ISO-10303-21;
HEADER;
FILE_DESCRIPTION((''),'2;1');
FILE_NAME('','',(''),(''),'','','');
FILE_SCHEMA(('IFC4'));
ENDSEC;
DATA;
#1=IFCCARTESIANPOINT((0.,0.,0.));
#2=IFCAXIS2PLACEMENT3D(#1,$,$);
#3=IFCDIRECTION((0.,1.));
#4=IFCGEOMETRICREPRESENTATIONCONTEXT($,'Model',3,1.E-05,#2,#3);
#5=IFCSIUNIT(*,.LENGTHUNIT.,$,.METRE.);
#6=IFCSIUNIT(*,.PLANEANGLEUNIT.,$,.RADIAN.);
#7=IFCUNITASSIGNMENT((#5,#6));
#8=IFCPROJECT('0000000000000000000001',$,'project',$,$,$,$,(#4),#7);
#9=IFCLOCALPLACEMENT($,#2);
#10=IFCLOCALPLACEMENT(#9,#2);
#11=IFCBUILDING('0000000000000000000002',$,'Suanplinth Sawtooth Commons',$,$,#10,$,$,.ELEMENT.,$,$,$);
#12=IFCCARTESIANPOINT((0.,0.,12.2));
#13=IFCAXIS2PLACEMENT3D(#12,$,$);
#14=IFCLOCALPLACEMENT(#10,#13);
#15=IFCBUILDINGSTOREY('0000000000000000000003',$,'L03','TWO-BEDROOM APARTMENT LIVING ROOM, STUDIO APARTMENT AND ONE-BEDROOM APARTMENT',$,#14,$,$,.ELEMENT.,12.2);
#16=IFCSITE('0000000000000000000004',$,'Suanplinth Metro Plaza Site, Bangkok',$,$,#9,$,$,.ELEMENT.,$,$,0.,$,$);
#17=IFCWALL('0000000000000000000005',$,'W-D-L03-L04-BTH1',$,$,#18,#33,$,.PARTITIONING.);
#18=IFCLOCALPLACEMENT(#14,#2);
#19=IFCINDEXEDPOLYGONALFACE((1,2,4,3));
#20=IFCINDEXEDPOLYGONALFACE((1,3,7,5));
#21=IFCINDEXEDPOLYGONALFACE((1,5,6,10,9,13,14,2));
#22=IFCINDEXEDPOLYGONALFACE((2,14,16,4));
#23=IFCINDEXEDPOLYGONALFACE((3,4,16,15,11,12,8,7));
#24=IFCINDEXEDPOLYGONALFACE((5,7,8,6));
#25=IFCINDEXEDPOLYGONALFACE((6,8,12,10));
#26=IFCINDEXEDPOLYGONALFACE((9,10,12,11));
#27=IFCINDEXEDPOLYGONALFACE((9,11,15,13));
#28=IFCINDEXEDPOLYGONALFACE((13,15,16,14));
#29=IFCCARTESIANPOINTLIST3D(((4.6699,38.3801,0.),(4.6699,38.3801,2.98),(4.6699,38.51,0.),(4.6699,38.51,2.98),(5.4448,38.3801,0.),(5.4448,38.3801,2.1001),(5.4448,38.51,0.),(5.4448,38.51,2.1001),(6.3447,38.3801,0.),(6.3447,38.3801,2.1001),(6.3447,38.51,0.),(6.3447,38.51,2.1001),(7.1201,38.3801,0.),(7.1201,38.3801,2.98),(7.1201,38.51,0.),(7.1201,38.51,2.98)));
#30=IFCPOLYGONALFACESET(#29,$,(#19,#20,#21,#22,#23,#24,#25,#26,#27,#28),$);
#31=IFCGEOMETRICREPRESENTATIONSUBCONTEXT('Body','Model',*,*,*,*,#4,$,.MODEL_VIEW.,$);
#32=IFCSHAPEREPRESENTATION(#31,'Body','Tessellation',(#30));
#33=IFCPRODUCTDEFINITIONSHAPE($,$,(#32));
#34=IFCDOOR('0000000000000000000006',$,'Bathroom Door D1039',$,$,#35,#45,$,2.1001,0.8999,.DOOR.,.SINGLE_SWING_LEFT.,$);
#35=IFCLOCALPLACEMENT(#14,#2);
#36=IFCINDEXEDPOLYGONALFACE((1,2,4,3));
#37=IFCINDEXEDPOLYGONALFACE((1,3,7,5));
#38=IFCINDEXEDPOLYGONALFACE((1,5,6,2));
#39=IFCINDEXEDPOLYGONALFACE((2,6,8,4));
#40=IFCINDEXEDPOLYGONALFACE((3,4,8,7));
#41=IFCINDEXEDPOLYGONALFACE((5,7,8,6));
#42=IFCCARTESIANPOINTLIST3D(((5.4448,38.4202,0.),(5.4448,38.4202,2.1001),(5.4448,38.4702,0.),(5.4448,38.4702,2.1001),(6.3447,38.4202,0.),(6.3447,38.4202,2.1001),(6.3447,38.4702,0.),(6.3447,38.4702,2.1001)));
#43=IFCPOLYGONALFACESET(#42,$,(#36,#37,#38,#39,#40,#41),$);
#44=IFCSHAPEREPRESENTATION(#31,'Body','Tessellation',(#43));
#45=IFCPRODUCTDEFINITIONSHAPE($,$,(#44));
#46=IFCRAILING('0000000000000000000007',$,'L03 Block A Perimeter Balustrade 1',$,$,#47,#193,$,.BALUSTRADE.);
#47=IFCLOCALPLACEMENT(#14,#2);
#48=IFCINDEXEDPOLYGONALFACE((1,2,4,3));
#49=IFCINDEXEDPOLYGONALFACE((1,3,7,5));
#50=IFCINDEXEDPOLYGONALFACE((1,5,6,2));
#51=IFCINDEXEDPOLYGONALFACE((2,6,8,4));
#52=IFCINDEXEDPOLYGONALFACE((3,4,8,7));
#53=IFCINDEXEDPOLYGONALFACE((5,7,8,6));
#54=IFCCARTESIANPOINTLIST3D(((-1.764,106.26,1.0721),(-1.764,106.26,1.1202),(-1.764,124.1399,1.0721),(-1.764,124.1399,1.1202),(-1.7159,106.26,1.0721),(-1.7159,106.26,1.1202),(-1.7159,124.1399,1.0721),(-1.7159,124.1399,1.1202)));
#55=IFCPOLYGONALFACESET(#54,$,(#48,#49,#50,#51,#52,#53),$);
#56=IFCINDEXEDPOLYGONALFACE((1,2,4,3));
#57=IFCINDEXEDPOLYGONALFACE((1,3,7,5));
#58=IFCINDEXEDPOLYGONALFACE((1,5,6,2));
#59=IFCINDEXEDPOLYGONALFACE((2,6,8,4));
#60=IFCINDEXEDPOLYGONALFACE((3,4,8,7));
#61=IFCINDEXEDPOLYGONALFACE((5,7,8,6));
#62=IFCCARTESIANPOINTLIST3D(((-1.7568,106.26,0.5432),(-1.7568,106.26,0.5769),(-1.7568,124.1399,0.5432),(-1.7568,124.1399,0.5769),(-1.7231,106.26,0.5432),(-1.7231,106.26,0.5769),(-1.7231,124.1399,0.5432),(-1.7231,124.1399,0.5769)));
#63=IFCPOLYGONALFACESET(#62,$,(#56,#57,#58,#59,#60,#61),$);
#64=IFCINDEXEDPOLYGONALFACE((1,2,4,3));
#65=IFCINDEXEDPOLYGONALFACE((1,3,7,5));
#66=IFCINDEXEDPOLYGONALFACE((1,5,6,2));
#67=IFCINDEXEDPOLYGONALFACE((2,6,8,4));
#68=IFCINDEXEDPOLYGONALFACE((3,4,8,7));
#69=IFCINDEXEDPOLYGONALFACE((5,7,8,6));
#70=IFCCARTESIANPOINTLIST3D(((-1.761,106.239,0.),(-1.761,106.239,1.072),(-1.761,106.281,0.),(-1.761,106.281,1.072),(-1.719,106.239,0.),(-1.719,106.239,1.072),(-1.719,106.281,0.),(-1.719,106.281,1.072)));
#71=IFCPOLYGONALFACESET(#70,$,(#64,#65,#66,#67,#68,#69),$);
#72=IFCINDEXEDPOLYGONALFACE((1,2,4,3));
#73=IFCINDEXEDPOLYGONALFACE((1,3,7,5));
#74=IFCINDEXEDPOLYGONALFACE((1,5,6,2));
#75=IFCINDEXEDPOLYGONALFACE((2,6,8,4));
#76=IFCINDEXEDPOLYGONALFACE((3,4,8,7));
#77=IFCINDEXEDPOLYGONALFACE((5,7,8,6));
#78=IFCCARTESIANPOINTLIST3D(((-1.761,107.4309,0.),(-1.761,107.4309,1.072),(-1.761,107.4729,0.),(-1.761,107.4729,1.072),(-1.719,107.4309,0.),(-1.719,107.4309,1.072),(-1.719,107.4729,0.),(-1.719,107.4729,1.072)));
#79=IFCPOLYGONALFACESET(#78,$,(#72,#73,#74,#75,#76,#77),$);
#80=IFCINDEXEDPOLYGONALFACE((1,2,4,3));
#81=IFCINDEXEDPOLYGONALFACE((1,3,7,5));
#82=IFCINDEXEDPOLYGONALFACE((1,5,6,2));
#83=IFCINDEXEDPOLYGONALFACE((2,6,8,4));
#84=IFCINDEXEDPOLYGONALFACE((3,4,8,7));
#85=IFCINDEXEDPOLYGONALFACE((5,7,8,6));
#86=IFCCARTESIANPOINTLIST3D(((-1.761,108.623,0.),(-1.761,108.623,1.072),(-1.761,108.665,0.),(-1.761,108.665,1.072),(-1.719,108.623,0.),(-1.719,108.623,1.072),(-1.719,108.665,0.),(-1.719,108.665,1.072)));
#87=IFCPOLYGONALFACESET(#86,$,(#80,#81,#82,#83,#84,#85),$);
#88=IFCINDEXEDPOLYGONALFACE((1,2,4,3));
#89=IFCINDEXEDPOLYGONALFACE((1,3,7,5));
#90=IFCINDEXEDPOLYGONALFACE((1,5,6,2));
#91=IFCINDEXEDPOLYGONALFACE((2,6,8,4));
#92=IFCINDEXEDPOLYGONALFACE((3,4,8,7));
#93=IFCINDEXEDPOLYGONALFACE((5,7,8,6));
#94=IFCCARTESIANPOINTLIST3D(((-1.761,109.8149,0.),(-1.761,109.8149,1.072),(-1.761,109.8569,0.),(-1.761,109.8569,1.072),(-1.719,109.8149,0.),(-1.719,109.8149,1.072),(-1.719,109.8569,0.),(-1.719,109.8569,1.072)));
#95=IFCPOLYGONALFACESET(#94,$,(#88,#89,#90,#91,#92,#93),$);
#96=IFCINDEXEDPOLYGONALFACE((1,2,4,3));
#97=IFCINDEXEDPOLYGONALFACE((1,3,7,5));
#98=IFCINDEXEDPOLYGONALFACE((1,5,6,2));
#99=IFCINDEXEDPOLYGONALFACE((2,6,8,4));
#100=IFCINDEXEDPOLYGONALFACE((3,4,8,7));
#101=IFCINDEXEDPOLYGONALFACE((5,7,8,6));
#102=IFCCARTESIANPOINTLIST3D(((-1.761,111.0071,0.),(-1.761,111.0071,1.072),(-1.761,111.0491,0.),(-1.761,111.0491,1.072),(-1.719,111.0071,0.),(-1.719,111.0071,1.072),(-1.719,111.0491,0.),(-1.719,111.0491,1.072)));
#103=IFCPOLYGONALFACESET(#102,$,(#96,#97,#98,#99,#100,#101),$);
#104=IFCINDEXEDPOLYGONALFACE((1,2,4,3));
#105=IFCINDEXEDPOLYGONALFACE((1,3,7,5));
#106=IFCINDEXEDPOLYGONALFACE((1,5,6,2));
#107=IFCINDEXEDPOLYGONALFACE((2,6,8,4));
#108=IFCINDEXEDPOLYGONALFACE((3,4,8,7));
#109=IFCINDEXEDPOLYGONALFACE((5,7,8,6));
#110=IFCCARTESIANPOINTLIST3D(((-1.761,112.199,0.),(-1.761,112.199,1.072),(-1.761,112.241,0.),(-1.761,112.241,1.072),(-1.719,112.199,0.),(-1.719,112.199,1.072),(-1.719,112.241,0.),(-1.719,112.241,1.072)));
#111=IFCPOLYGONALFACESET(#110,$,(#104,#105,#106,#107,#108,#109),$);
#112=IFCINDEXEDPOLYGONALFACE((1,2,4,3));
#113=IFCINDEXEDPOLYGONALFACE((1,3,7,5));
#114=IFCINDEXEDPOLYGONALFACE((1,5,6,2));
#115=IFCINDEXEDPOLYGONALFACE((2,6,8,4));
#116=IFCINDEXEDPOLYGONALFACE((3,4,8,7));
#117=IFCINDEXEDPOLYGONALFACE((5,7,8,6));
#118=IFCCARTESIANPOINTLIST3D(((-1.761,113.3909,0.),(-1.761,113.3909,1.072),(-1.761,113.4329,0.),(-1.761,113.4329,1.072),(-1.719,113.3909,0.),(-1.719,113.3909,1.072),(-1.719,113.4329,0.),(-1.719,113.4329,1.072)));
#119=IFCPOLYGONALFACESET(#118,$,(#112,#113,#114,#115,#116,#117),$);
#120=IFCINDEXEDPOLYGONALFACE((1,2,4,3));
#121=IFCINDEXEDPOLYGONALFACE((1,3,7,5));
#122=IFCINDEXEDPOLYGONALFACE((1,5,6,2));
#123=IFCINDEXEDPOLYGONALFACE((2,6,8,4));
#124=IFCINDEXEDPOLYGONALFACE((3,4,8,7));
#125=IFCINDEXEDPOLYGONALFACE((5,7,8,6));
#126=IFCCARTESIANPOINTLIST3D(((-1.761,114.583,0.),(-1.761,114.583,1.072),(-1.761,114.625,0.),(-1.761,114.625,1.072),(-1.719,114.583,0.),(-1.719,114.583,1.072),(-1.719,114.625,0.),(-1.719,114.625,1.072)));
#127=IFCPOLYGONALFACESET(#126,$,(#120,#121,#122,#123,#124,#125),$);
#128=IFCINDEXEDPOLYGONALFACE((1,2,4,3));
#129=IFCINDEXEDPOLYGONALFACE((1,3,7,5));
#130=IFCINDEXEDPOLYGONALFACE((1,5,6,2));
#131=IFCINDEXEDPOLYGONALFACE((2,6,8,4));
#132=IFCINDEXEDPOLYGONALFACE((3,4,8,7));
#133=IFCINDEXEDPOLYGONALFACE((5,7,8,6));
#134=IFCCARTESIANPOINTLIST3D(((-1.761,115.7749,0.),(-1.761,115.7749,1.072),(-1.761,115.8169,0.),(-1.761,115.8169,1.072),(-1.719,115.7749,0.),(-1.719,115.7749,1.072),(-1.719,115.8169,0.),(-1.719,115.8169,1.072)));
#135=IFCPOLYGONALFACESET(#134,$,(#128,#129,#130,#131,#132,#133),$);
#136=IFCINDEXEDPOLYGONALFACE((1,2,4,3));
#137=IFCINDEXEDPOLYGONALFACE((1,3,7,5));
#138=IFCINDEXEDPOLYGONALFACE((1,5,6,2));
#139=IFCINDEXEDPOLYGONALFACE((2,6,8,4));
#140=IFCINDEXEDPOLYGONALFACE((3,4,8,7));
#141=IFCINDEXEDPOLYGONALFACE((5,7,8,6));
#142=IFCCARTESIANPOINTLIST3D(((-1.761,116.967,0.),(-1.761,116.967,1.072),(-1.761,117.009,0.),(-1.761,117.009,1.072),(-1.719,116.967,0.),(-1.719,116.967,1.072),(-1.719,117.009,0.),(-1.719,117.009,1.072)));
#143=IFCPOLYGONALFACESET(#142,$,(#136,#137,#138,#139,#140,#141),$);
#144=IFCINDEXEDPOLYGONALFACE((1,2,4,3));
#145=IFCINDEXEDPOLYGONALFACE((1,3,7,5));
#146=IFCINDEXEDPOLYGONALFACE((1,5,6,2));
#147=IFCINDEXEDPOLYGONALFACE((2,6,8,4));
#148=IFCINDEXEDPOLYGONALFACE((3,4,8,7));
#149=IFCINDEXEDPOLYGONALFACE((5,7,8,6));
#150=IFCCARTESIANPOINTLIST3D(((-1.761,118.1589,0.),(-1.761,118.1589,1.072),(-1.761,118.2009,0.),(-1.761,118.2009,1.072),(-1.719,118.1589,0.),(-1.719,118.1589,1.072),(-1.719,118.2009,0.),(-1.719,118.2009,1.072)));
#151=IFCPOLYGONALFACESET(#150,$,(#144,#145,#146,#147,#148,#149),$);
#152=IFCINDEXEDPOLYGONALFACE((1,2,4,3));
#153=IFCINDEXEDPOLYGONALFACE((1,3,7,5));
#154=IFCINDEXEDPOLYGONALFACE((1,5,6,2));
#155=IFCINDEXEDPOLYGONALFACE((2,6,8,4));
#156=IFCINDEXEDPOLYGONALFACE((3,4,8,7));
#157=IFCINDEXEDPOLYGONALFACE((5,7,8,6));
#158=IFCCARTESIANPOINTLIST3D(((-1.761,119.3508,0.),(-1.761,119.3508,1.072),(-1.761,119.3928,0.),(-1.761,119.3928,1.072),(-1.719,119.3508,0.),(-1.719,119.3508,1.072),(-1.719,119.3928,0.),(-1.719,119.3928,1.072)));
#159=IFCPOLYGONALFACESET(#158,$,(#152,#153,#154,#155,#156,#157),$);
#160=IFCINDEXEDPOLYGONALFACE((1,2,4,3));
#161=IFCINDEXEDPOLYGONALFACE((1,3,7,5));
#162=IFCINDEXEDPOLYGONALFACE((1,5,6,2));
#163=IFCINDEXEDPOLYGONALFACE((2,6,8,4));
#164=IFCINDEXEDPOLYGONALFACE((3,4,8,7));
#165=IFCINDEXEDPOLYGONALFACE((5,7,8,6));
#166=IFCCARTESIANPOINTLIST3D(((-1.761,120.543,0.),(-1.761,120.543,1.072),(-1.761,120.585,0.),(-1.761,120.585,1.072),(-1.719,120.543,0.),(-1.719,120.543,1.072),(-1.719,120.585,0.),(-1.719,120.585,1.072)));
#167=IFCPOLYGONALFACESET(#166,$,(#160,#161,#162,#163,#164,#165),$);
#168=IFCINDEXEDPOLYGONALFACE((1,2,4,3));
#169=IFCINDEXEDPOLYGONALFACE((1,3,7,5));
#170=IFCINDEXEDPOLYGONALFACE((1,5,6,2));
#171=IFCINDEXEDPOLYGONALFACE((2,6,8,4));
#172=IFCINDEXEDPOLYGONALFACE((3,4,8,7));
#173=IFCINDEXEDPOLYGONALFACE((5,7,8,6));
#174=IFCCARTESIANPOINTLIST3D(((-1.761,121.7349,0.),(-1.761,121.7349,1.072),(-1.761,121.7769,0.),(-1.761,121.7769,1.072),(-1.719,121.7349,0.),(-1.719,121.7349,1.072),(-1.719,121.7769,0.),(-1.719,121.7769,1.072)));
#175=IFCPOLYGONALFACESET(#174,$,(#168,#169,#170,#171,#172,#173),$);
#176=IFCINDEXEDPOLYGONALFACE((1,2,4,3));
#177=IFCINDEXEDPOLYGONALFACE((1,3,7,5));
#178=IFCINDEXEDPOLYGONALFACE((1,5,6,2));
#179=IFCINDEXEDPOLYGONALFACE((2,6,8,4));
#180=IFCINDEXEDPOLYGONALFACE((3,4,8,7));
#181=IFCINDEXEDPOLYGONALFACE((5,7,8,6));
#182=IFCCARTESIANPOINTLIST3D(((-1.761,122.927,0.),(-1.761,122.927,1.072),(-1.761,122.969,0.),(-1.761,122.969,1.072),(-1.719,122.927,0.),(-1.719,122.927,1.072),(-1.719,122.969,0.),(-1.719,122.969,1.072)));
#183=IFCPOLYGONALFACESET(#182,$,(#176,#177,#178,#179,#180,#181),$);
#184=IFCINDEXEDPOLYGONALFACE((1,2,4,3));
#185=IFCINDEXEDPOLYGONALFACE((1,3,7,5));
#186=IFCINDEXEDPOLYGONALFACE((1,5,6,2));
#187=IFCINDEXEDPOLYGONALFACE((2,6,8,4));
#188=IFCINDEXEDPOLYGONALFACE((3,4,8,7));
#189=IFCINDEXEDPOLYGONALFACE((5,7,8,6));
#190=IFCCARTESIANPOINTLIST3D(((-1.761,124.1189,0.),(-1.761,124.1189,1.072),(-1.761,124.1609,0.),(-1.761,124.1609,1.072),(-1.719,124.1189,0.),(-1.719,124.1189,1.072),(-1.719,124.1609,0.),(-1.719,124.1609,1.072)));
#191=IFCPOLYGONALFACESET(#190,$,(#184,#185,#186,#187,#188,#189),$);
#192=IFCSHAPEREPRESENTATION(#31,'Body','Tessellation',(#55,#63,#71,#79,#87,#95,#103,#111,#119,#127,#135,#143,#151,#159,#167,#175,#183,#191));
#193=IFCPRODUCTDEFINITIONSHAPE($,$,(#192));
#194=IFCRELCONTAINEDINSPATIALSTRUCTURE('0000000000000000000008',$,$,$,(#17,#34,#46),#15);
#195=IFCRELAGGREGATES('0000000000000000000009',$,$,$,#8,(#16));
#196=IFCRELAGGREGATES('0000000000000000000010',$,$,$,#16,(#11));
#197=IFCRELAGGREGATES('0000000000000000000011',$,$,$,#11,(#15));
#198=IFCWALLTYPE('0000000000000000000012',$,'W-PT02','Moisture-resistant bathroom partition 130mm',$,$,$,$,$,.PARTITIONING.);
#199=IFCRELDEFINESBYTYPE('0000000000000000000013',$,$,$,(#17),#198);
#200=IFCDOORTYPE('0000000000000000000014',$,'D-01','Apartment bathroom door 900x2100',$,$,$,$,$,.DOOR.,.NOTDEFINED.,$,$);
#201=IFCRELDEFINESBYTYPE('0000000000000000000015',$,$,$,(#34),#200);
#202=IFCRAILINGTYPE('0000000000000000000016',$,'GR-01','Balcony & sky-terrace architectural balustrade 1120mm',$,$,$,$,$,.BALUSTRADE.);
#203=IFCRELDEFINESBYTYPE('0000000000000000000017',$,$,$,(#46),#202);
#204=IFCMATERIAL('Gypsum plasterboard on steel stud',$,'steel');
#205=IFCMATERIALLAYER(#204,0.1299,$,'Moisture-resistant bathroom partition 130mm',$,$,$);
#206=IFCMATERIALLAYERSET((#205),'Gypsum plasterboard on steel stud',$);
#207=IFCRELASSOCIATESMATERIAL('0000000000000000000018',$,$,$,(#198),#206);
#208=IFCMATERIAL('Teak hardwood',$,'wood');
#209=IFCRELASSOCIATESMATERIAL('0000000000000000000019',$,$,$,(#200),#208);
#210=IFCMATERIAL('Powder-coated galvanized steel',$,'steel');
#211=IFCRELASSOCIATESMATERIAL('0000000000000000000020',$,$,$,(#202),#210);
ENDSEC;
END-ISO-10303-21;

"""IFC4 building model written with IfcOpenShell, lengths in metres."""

from ifc_helpers import new_model, si_unit, direction, frame, frame_2d, origin, origin_2d, place, context, subcontext, project, spatial, rectangle, extrude, material, layer, layer_set, type_object, element, fill, save


model = new_model("IFC4")

# Units and contexts
model_context = context("Model", 3, precision=1e-05, world=origin(), true_north=direction((0.0, 1.0)))
body_context = subcontext(model_context, "Body", "Model", "MODEL_VIEW")
ifc_project = project(units=[si_unit("LENGTHUNIT", "METRE"), si_unit("PLANEANGLEUNIT", "RADIAN")], contexts=[model_context])

# Site, building, storey
site_placement = place(None, origin())
site = spatial("IfcSite", under=ifc_project, at=site_placement, Name="Suanplinth Metro Plaza Site, Bangkok", CompositionType="ELEMENT", RefElevation=0.0)
building_placement = place(site_placement, origin())
building = spatial("IfcBuilding", under=site, at=building_placement, Name="Suanplinth Sawtooth Commons", CompositionType="ELEMENT")
storey_placement = place(building_placement, frame((0.0, 0.0, 12.2)))
storey = spatial("IfcBuildingStorey", under=building, at=storey_placement, Name="L03", Description="TWO-BEDROOM APARTMENT LIVING ROOM, STUDIO APARTMENT AND ONE-BEDROOM APARTMENT", CompositionType="ELEMENT", Elevation=12.2)

# Wall, opening, door
ifc_material_1 = material(Name="Gypsum plasterboard on steel stud", Category="steel")
ifc_layer_1 = layer(ifc_material_1, 0.1299, Name="Moisture-resistant bathroom partition 130mm")
ifc_layer_set_1 = layer_set([ifc_layer_1], Name="Gypsum plasterboard on steel stud")
wall_type_1 = type_object("IfcWallType", Name="W-PT02", Description="Moisture-resistant bathroom partition 130mm", PredefinedType="PARTITIONING", material=ifc_layer_set_1)
wall_1_placement = place(storey_placement, frame((4.6699, 38.4451, 0.0), z_axis=(0.0, 0.0, 1.0), x_axis=(1.0, 0.0, 0.0)))
wall_1 = element("IfcWall", 1, at=wall_1_placement, inside=storey, type_object=wall_type_1, Name="W-D-L03-L04-BTH1", PredefinedType="PARTITIONING", context=body_context, shape_type="SweptSolid", body=[
    extrude(rectangle(XDim=2.4502, YDim=0.1299, at=frame_2d((1.2251, 0.0))), origin(), (0.0, 0.0, 1.0), 2.98),
])
opening_1_placement = place(wall_1_placement, frame((0.7749, 0.0, 0.0)))
opening_1 = element("IfcOpeningElement", 2, at=opening_1_placement, cuts=wall_1, PredefinedType="OPENING", context=body_context, shape_type="SweptSolid", body=[
    extrude(rectangle(XDim=0.8999, YDim=2.1001, at=frame_2d((0.45, 1.05))), frame((0.0, 0.0798, 0.0), z_axis=(0.0, -1.0, 0.0), x_axis=(1.0, 0.0, 0.0)), (0.0, 0.0, 1.0), 0.1597),
])
ifc_material_2 = material(Name="Teak hardwood", Category="wood")
door_type_1 = type_object("IfcDoorType", Name="D-01", Description="Apartment bathroom door 900x2100", OperationType="NOTDEFINED", PredefinedType="DOOR", material=ifc_material_2)
door_1_placement = place(opening_1_placement, frame((0.8999, 0.0, 0.0), z_axis=(0.0, 0.0, 1.0), x_axis=(-1.0, 0.0, 0.0)))
door_1 = element("IfcDoor", 3, at=door_1_placement, inside=storey, type_object=door_type_1, Name="Bathroom Door D1039", OperationType="SINGLE_SWING_LEFT", OverallHeight=2.1001, OverallWidth=0.8999, PredefinedType="DOOR", context=body_context, shape_type="SweptSolid", body=[
    extrude(rectangle(XDim=0.8999, YDim=2.1001, at=frame_2d((0.45, 1.05))), frame((0.0, 0.0249, 0.0), z_axis=(0.0, -1.0, 0.0), x_axis=(1.0, 0.0, 0.0)), (0.0, 0.0, 1.0), 0.05),
])
fill(opening_1, door_1)

# Railing
ifc_material_3 = material(Name="Powder-coated galvanized steel", Category="steel")
railing_type = type_object("IfcRailingType", Name="GR-01", Description="Balcony & sky-terrace architectural balustrade 1120mm", PredefinedType="BALUSTRADE", material=ifc_material_3)
railing_1_placement = place(storey_placement, frame((-1.74, 106.26, 0.0)))
element("IfcRailing", 4, at=railing_1_placement, inside=storey, type_object=railing_type, Name="L03 Block A Perimeter Balustrade 1", PredefinedType="BALUSTRADE", context=body_context, shape_type="SweptSolid", body=[
    extrude(rectangle(XDim=0.0481, YDim=0.0481, at=origin_2d()), frame((0.0, 0.0, 1.0962), z_axis=(0.0, 1.0, 0.0), x_axis=(-1.0, 0.0, 0.0)), (0.0, 0.0, 1.0), 17.8799),
    extrude(rectangle(XDim=0.0337, YDim=0.0337, at=origin_2d()), frame((0.0, 0.0, 0.5601), z_axis=(0.0, 1.0, 0.0), x_axis=(-1.0, 0.0, 0.0)), (0.0, 0.0, 1.0), 17.8799),
    extrude(rectangle(XDim=0.042, YDim=0.042, at=origin_2d()), origin(), (0.0, 0.0, 1.0), 1.072),
    extrude(rectangle(XDim=0.042, YDim=0.042, at=origin_2d()), frame((0.0, 1.1919, 0.0)), (0.0, 0.0, 1.0), 1.072),
    extrude(rectangle(XDim=0.042, YDim=0.042, at=origin_2d()), frame((0.0, 2.384, 0.0)), (0.0, 0.0, 1.0), 1.072),
    extrude(rectangle(XDim=0.042, YDim=0.042, at=origin_2d()), frame((0.0, 3.5759, 0.0)), (0.0, 0.0, 1.0), 1.072),
    extrude(rectangle(XDim=0.042, YDim=0.042, at=origin_2d()), frame((0.0, 4.7681, 0.0)), (0.0, 0.0, 1.0), 1.072),
    extrude(rectangle(XDim=0.042, YDim=0.042, at=origin_2d()), frame((0.0, 5.96, 0.0)), (0.0, 0.0, 1.0), 1.072),
    extrude(rectangle(XDim=0.042, YDim=0.042, at=origin_2d()), frame((0.0, 7.1519, 0.0)), (0.0, 0.0, 1.0), 1.072),
    extrude(rectangle(XDim=0.042, YDim=0.042, at=origin_2d()), frame((0.0, 8.344, 0.0)), (0.0, 0.0, 1.0), 1.072),
    extrude(rectangle(XDim=0.042, YDim=0.042, at=origin_2d()), frame((0.0, 9.5359, 0.0)), (0.0, 0.0, 1.0), 1.072),
    extrude(rectangle(XDim=0.042, YDim=0.042, at=origin_2d()), frame((0.0, 10.728, 0.0)), (0.0, 0.0, 1.0), 1.072),
    extrude(rectangle(XDim=0.042, YDim=0.042, at=origin_2d()), frame((0.0, 11.9199, 0.0)), (0.0, 0.0, 1.0), 1.072),
    extrude(rectangle(XDim=0.042, YDim=0.042, at=origin_2d()), frame((0.0, 13.1118, 0.0)), (0.0, 0.0, 1.0), 1.072),
    extrude(rectangle(XDim=0.042, YDim=0.042, at=origin_2d()), frame((0.0, 14.304, 0.0)), (0.0, 0.0, 1.0), 1.072),
    extrude(rectangle(XDim=0.042, YDim=0.042, at=origin_2d()), frame((0.0, 15.4958, 0.0)), (0.0, 0.0, 1.0), 1.072),
    extrude(rectangle(XDim=0.042, YDim=0.042, at=origin_2d()), frame((0.0, 16.688, 0.0)), (0.0, 0.0, 1.0), 1.072),
    extrude(rectangle(XDim=0.042, YDim=0.042, at=origin_2d()), frame((0.0, 17.8799, 0.0)), (0.0, 0.0, 1.0), 1.072),
])

save(model, "model.ifc")
